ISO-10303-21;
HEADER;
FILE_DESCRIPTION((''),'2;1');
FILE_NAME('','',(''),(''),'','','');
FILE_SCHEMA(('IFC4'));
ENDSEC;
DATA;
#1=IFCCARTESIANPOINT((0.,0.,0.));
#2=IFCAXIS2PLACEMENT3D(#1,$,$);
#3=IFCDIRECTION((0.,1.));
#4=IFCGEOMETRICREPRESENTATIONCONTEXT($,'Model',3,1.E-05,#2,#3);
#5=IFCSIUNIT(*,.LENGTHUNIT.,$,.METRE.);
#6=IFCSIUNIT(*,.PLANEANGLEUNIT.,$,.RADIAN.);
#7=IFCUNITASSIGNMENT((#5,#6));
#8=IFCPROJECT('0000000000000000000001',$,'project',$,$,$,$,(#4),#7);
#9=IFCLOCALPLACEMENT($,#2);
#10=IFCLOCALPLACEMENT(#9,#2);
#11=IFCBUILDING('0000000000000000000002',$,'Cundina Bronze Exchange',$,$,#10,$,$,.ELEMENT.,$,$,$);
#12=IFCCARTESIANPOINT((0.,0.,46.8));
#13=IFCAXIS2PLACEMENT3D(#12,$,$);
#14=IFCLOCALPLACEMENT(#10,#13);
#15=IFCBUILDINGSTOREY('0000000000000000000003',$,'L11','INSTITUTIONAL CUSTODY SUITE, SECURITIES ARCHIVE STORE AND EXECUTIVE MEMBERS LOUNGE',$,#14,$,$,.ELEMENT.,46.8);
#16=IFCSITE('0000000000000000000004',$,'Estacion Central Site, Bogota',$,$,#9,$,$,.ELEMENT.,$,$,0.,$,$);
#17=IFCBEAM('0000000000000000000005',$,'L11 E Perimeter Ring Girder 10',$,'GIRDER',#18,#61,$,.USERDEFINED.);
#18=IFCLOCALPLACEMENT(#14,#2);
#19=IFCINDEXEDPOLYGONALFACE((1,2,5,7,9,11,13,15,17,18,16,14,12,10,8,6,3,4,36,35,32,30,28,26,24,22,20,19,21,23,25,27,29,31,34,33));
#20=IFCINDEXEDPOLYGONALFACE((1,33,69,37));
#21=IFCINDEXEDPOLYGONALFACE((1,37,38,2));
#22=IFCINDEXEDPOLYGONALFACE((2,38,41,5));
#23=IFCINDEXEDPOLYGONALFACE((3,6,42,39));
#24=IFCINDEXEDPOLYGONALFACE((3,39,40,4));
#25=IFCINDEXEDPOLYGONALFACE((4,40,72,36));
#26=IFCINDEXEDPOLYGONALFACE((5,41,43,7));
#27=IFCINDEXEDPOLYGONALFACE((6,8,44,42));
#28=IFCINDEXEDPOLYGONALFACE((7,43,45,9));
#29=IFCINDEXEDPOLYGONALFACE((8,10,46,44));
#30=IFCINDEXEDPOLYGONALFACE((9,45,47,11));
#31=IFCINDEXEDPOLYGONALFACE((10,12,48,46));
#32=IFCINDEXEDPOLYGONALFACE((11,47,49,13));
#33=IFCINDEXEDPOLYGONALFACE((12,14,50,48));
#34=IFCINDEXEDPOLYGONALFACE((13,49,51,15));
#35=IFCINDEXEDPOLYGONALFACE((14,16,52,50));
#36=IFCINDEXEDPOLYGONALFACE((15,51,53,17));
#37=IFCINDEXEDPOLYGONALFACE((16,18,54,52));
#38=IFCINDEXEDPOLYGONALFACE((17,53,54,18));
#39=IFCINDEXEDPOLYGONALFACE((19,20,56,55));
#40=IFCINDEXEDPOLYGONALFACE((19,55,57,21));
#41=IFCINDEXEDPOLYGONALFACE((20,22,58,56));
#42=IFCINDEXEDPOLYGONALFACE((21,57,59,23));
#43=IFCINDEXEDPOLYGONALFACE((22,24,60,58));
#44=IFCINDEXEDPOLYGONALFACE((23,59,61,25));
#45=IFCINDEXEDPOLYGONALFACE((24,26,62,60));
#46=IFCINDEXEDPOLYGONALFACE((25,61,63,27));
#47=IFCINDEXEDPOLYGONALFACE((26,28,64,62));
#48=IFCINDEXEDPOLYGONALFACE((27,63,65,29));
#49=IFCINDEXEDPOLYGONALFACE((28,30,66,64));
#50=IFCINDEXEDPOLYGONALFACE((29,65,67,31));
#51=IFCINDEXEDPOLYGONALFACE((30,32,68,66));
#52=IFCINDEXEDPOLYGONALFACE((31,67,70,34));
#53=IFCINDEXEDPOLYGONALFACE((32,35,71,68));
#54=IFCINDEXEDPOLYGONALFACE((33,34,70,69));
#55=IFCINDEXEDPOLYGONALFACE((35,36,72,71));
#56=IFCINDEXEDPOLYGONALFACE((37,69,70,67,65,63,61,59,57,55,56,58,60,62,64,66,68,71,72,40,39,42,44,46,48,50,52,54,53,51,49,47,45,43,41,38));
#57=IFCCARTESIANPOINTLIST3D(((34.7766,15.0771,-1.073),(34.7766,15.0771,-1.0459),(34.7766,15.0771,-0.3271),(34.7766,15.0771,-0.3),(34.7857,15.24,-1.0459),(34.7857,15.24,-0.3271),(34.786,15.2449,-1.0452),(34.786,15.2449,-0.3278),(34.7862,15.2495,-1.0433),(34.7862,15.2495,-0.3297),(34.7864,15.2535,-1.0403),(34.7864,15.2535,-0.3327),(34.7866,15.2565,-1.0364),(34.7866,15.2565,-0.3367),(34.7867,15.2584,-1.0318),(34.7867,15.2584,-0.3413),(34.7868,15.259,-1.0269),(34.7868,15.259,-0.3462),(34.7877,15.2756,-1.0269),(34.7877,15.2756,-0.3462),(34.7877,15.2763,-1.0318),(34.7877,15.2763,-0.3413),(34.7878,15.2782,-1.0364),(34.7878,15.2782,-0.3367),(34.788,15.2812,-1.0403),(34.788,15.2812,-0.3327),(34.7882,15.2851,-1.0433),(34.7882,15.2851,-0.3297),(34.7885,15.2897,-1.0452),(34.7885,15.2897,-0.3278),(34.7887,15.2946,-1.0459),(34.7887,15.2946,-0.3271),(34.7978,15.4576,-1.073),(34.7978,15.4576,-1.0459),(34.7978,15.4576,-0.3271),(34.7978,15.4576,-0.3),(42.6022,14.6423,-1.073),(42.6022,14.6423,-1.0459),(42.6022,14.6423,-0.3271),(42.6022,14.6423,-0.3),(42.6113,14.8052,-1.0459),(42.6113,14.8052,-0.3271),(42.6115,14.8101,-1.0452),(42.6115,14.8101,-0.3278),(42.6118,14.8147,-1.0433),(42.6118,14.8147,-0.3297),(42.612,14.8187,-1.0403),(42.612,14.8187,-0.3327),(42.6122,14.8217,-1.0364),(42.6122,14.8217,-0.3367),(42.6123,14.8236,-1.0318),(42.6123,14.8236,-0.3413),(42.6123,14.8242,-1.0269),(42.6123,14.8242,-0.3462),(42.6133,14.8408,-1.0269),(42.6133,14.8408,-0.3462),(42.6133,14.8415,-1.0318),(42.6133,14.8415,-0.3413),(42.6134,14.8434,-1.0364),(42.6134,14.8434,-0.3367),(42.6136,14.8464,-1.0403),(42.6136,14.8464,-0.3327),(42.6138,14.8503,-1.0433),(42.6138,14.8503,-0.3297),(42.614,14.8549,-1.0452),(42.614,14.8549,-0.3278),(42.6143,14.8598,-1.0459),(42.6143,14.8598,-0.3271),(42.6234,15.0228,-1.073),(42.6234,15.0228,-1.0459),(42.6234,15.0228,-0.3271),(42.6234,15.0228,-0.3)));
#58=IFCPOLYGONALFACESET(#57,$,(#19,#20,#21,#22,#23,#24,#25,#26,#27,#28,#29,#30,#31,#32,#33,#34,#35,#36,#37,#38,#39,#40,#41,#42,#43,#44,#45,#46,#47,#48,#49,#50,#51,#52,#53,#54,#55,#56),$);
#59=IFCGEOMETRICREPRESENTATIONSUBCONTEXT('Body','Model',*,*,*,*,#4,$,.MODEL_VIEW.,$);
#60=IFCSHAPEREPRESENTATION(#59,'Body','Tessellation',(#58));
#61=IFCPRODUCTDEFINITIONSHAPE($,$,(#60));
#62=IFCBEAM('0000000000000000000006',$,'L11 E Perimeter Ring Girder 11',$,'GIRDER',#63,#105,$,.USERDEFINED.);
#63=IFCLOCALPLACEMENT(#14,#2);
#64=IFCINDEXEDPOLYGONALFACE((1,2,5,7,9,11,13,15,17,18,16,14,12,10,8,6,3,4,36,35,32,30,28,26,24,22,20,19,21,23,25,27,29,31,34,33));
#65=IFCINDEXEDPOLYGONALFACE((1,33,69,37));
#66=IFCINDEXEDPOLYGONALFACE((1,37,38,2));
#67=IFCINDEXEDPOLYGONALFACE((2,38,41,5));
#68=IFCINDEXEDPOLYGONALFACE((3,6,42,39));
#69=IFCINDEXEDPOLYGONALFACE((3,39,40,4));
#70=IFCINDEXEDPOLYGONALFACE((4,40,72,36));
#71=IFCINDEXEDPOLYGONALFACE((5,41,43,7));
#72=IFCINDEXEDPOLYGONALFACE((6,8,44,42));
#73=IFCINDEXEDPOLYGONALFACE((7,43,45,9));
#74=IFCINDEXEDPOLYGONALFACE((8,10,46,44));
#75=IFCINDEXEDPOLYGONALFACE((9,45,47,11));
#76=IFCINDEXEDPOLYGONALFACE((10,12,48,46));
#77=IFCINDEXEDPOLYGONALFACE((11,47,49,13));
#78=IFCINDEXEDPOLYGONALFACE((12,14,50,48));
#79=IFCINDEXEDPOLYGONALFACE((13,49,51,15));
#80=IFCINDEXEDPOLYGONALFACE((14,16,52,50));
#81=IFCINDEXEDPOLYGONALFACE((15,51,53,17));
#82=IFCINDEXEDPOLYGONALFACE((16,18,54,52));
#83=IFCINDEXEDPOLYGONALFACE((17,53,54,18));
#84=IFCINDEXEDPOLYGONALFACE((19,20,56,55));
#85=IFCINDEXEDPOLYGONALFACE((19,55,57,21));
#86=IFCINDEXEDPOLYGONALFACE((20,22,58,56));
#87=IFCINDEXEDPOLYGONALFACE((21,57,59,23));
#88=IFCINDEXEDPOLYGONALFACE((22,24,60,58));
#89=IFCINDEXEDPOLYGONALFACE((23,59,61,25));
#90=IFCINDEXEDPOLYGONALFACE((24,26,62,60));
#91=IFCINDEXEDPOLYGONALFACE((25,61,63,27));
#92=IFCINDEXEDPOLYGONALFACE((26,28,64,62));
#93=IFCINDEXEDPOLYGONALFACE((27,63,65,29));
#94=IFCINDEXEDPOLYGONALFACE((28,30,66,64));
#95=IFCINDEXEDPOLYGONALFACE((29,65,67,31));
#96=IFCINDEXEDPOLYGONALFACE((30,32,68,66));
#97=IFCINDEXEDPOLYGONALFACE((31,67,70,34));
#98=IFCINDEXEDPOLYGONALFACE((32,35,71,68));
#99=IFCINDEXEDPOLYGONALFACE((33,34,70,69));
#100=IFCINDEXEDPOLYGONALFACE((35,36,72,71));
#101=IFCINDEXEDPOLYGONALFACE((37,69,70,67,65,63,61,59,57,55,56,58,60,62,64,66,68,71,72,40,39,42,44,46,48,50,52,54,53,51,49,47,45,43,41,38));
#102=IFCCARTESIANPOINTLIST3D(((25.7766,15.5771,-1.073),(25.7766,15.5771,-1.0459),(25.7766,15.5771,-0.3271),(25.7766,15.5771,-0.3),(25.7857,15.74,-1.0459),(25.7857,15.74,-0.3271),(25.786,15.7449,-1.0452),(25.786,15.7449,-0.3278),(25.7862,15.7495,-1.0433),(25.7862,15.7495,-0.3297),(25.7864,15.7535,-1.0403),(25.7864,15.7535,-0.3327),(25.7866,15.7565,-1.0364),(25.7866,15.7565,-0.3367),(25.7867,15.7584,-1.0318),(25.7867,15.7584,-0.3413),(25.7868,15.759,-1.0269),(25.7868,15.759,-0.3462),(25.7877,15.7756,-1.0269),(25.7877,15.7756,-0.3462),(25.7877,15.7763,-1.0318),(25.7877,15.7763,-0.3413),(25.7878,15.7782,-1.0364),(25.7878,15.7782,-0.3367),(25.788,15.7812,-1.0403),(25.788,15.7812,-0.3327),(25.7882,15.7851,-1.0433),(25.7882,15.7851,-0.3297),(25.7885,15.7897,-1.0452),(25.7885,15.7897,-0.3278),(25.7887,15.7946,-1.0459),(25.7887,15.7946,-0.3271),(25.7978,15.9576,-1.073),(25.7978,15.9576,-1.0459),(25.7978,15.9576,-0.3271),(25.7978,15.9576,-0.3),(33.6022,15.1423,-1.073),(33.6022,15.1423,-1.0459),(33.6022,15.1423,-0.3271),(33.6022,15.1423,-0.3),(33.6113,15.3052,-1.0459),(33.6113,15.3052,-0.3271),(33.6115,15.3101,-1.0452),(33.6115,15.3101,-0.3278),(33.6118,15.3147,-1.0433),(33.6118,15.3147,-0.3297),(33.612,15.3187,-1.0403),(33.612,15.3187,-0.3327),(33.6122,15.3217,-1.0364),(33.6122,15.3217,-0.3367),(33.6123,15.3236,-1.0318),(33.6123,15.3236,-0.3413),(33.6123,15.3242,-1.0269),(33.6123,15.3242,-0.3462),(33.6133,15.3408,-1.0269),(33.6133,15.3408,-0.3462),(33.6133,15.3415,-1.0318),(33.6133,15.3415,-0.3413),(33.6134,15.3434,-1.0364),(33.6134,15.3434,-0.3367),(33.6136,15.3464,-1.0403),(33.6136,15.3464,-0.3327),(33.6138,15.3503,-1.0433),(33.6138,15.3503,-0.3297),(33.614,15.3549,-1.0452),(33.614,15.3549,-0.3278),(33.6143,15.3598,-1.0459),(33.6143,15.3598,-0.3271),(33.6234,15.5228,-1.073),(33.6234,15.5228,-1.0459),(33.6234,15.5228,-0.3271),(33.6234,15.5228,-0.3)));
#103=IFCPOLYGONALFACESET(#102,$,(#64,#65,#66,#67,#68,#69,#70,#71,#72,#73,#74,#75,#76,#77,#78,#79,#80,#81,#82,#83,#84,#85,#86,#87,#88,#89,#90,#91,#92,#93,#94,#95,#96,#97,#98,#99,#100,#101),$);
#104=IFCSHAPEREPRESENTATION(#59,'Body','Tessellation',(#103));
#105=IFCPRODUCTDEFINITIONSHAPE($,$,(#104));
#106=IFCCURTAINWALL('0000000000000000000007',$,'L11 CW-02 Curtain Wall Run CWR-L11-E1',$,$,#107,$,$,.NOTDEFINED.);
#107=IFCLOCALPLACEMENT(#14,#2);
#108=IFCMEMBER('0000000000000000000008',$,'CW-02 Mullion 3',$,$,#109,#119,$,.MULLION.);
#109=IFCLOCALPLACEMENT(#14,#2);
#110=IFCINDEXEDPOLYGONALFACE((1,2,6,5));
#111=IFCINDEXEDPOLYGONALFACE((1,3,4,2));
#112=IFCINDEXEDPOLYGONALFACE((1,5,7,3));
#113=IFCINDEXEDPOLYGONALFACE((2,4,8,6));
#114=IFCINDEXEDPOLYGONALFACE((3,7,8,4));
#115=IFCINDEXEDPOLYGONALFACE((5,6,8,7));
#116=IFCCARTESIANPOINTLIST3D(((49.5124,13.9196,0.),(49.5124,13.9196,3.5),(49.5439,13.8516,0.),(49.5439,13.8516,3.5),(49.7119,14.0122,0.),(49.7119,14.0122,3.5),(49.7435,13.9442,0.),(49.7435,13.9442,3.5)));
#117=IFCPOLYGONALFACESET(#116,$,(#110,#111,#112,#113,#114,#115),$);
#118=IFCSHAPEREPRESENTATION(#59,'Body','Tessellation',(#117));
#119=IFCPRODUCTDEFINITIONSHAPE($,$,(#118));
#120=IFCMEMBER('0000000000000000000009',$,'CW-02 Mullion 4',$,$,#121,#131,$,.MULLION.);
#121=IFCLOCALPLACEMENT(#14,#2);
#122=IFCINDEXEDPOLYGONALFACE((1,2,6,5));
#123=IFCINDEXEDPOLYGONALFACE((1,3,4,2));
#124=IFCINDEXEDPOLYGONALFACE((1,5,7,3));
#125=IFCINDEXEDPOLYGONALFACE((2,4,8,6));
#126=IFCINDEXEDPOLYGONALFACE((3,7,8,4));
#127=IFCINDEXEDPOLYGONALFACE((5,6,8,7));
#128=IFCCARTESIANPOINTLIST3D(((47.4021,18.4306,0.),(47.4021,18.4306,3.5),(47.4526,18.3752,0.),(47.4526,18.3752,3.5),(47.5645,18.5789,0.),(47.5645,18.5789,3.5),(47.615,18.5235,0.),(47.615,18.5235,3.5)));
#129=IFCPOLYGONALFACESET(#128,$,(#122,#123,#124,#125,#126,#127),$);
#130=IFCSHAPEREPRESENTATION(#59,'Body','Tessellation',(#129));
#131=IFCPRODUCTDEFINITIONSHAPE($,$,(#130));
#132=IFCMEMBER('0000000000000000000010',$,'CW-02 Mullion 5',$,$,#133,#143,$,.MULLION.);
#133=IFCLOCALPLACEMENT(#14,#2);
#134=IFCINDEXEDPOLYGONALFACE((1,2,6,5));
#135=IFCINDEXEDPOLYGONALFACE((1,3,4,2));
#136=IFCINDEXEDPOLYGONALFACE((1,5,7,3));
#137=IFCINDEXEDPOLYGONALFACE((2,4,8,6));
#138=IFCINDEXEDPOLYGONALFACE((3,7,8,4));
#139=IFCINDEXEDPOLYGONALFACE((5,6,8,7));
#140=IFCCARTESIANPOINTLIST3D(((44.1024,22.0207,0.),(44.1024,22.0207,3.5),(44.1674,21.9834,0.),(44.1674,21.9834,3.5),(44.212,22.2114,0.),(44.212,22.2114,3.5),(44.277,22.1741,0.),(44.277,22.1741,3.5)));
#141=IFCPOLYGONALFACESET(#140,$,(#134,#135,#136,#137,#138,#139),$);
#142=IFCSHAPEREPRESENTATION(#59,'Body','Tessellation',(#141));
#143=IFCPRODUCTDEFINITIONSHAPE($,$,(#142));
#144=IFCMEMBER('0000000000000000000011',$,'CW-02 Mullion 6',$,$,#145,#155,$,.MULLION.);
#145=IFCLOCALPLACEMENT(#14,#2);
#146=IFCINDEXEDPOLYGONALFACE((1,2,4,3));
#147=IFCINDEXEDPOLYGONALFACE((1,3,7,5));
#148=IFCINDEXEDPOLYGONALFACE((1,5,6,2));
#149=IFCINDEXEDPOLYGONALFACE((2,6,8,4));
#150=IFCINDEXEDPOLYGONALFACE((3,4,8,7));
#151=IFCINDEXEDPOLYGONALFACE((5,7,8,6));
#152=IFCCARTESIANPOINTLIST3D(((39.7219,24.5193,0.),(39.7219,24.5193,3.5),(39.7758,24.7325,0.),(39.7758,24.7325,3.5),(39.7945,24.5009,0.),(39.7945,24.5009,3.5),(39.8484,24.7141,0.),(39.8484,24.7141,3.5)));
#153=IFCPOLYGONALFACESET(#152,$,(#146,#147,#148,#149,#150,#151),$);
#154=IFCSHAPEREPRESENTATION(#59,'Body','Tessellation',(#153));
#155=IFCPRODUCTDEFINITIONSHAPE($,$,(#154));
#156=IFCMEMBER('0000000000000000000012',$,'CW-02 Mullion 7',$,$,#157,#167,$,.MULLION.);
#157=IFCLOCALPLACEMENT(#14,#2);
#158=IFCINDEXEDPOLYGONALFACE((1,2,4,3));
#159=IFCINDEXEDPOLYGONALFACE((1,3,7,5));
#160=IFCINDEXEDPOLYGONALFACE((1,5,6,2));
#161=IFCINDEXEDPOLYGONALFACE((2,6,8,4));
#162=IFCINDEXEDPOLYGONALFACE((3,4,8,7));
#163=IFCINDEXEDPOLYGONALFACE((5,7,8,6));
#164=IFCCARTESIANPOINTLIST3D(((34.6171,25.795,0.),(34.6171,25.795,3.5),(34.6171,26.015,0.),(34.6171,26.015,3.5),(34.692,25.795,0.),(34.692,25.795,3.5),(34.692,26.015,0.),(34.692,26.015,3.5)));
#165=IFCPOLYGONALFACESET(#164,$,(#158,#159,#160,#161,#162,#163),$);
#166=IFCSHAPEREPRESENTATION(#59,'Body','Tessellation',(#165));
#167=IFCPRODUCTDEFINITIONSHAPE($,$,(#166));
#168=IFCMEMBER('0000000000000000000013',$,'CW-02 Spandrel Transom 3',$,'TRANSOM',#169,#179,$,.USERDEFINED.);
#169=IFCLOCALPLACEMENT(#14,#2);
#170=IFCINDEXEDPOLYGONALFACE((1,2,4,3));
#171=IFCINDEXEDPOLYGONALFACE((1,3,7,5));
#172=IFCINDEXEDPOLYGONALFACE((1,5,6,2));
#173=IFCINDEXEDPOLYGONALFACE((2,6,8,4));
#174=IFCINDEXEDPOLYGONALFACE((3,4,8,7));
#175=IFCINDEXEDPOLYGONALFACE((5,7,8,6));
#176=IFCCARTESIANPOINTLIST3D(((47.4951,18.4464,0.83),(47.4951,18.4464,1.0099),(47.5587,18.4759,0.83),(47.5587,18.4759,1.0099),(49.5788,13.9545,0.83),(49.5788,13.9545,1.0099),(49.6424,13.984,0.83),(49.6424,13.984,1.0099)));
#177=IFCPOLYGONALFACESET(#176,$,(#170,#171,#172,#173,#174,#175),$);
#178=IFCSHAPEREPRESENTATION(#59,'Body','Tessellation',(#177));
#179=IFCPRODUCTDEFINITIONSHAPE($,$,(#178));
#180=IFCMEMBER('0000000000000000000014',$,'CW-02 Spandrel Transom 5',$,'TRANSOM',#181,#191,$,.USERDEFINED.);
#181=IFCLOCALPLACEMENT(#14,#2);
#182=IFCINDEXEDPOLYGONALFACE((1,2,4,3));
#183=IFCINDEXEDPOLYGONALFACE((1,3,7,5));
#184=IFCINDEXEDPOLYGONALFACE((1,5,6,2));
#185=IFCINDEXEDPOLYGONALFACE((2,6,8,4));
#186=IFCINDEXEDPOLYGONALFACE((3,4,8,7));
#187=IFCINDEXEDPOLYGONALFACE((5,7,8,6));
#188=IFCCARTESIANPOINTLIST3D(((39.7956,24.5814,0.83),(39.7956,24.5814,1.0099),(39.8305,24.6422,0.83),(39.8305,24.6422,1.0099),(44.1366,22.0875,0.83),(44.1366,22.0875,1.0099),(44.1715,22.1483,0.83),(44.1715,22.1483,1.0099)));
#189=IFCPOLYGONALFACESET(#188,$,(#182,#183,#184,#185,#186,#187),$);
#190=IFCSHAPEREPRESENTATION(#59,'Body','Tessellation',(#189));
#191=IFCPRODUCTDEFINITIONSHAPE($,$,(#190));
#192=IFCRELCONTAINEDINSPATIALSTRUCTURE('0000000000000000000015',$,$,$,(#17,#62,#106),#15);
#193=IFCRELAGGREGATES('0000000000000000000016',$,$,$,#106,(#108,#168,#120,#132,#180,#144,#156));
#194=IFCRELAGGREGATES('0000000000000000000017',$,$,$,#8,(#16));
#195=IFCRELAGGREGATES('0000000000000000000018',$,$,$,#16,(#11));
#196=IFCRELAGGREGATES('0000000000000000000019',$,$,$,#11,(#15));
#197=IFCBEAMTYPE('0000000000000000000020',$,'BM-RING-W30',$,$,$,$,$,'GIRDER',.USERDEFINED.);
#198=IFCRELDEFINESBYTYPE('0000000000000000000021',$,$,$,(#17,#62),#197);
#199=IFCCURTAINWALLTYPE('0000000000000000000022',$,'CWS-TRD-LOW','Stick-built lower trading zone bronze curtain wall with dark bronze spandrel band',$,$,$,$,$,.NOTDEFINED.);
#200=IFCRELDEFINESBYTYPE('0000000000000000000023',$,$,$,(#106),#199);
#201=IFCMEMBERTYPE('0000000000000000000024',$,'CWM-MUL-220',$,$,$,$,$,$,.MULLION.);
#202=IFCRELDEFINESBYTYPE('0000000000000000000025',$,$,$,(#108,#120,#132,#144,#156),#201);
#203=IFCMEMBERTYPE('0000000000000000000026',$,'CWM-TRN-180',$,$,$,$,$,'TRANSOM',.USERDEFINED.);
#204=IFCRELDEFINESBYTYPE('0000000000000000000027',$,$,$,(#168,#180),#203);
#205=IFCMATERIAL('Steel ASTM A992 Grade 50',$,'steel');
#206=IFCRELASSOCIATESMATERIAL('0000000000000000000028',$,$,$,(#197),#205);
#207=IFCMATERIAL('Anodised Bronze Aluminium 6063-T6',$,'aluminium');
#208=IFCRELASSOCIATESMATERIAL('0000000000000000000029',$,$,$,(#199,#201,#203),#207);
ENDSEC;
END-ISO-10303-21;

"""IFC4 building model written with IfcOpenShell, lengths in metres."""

from ifc_helpers import new_model, si_unit, direction, frame, origin, origin_2d, place, context, subcontext, project, spatial, rectangle, i_section, extrude, material, material_profile, profile_set, type_object, element, aggregate, save


model = new_model("IFC4")

# Units and contexts
model_context = context("Model", 3, precision=1e-05, world=origin(), true_north=direction((0.0, 1.0)))
body_context = subcontext(model_context, "Body", "Model", "MODEL_VIEW")
ifc_project = project(units=[si_unit("LENGTHUNIT", "METRE"), si_unit("PLANEANGLEUNIT", "RADIAN")], contexts=[model_context])

# Site, building, storey
site_placement = place(None, origin())
site = spatial("IfcSite", under=ifc_project, at=site_placement, Name="Estacion Central Site, Bogota", CompositionType="ELEMENT", RefElevation=0.0)
building_placement = place(site_placement, origin())
building = spatial("IfcBuilding", under=site, at=building_placement, Name="Cundina Bronze Exchange", CompositionType="ELEMENT")
storey_placement = place(building_placement, frame((0.0, 0.0, 46.8)))
storey = spatial("IfcBuildingStorey", under=building, at=storey_placement, Name="L11", Description="INSTITUTIONAL CUSTODY SUITE, SECURITIES ARCHIVE STORE AND EXECUTIVE MEMBERS LOUNGE", CompositionType="ELEMENT", Elevation=46.8)

# Beams
ifc_material_1 = material(Name="Steel ASTM A992 Grade 50", Category="steel")
ifc_material_profile_1 = material_profile(ifc_material_1, i_section(OverallWidth=0.3811, OverallDepth=0.7729, WebThickness=0.0166, FlangeThickness=0.0271, FilletRadius=0.019, at=origin_2d()), Name="W30X173", Category="steel")
ifc_profile_set_1 = profile_set([ifc_material_profile_1], Name="Steel ASTM A992 Grade 50")
beam_type_1 = type_object("IfcBeamType", Name="BM-RING-W30", ElementType="GIRDER", PredefinedType="USERDEFINED", material=ifc_profile_set_1)
for number, where, z_axis, x_axis, name in (
    (1, (42.6128, 14.8325, -0.6865), (-0.99846, 0.055477, 0.0), (-0.055477, -0.99846, 0.0), "L11 E Perimeter Ring Girder 10"),
    (2, (33.6128, 15.3325, -0.6865), (-0.99846, 0.055477, 0.0), (-0.055477, -0.99846, 0.0), "L11 E Perimeter Ring Girder 11"),
):
    element("IfcBeam", number, at=place(storey_placement, frame(where, z_axis=z_axis, x_axis=x_axis)), inside=storey, type_object=beam_type_1, Name=name, ObjectType="GIRDER", PredefinedType="USERDEFINED", context=body_context, shape_type="SweptSolid", body=[
        extrude(i_section(OverallWidth=0.3811, OverallDepth=0.7729, WebThickness=0.0166, FlangeThickness=0.0271, FilletRadius=0.019, at=origin_2d()), origin(), (0.0, 0.0, 1.0), 7.8376),
    ])

# Curtain wall, members
ifc_material_2 = material(Name="Anodised Bronze Aluminium 6063-T6", Category="aluminium")
curtain_wall_type = type_object("IfcCurtainWallType", Name="CWS-TRD-LOW", Description="Stick-built lower trading zone bronze curtain wall with dark bronze spandrel band", PredefinedType="NOTDEFINED", material=ifc_material_2)
curtain_wall_placement = place(storey_placement, origin())
curtain_wall = element("IfcCurtainWall", 3, at=curtain_wall_placement, inside=storey, type_object=curtain_wall_type, Name="L11 CW-02 Curtain Wall Run CWR-L11-E1", PredefinedType="NOTDEFINED")
ifc_material_profile_2 = material_profile(ifc_material_2, rectangle(XDim=0.075, YDim=0.22, at=origin_2d()), Name="AL75X220", Category="aluminium")
ifc_profile_set_2 = profile_set([ifc_material_profile_2], Name="Anodised Bronze Aluminium 6063-T6")
member_type_1 = type_object("IfcMemberType", Name="CWM-MUL-220", PredefinedType="MULLION", material=ifc_profile_set_2)
member_1_placement = place(storey_placement, frame((49.6279, 13.9319, 0.0), z_axis=(0.0, 0.0, 1.0), x_axis=(-0.420877, 0.907117, 0.0)))
member_1 = element("IfcMember", 4, at=member_1_placement, type_object=member_type_1, Name="CW-02 Mullion 3", PredefinedType="MULLION", context=body_context, shape_type="SweptSolid", body=[
    extrude(rectangle(XDim=0.075, YDim=0.22, at=origin_2d()), origin(), (0.0, 0.0, 1.0), 3.5),
])
member_2_placement = place(storey_placement, frame((47.5085, 18.4771, 0.0), z_axis=(0.0, 0.0, 1.0), x_axis=(-0.674302, 0.738455, 0.0)))
member_2 = element("IfcMember", 5, at=member_2_placement, type_object=member_type_1, Name="CW-02 Mullion 4", PredefinedType="MULLION", context=body_context, shape_type="SweptSolid", body=[
    extrude(rectangle(XDim=0.075, YDim=0.22, at=origin_2d()), origin(), (0.0, 0.0, 1.0), 3.5),
])
member_3_placement = place(storey_placement, frame((44.1897, 22.0974, 0.0), z_axis=(0.0, 0.0, 1.0), x_axis=(-0.867071, 0.498185, 0.0)))
member_3 = element("IfcMember", 6, at=member_3_placement, type_object=member_type_1, Name="CW-02 Mullion 5", PredefinedType="MULLION", context=body_context, shape_type="SweptSolid", body=[
    extrude(rectangle(XDim=0.075, YDim=0.22, at=origin_2d()), origin(), (0.0, 0.0, 1.0), 3.5),
])
member_4_placement = place(storey_placement, frame((39.7852, 24.6167, 0.0), z_axis=(0.0, 0.0, 1.0), x_axis=(-0.969488, 0.245138, 0.0)))
member_4 = element("IfcMember", 7, at=member_4_placement, type_object=member_type_1, Name="CW-02 Mullion 6", PredefinedType="MULLION", context=body_context, shape_type="SweptSolid", body=[
    extrude(rectangle(XDim=0.075, YDim=0.22, at=origin_2d()), origin(), (0.0, 0.0, 1.0), 3.5),
])
member_5_placement = place(storey_placement, frame((34.6545, 25.905, 0.0), z_axis=(0.0, 0.0, 1.0), x_axis=(-1.0, 0.0, 0.0)))
member_5 = element("IfcMember", 8, at=member_5_placement, type_object=member_type_1, Name="CW-02 Mullion 7", PredefinedType="MULLION", context=body_context, shape_type="SweptSolid", body=[
    extrude(rectangle(XDim=0.075, YDim=0.22, at=origin_2d()), origin(), (0.0, 0.0, 1.0), 3.5),
])
ifc_material_profile_3 = material_profile(ifc_material_2, rectangle(XDim=0.0701, YDim=0.1799, at=origin_2d()), Name="AL70X180", Category="aluminium")
ifc_profile_set_3 = profile_set([ifc_material_profile_3], Name="Anodised Bronze Aluminium 6063-T6")
member_type_2 = type_object("IfcMemberType", Name="CWM-TRN-180", ElementType="TRANSOM", PredefinedType="USERDEFINED", material=ifc_profile_set_3)
member_6_placement = place(storey_placement, frame((49.6106, 13.9692, 0.9199), z_axis=(-0.420811, 0.907148, 0.0), x_axis=(-0.907148, -0.420811, 0.0)))
member_6 = element("IfcMember", 9, at=member_6_placement, type_object=member_type_2, Name="CW-02 Spandrel Transom 3", ObjectType="TRANSOM", PredefinedType="USERDEFINED", context=body_context, shape_type="SweptSolid", body=[
    extrude(rectangle(XDim=0.0701, YDim=0.1799, at=origin_2d()), origin(), (0.0, 0.0, 1.0), 4.9517),
])
member_7_placement = place(storey_placement, frame((44.1541, 22.1179, 0.9199), z_axis=(-0.867097, 0.498139, 0.0), x_axis=(-0.498139, -0.867097, 0.0)))
member_7 = element("IfcMember", 10, at=member_7_placement, type_object=member_type_2, Name="CW-02 Spandrel Transom 5", ObjectType="TRANSOM", PredefinedType="USERDEFINED", context=body_context, shape_type="SweptSolid", body=[
    extrude(rectangle(XDim=0.0701, YDim=0.1799, at=origin_2d()), origin(), (0.0, 0.0, 1.0), 5.0063),
])
aggregate(curtain_wall, [member_1, member_6, member_2, member_3, member_7, member_4, member_5])

save(model, "model.ifc")
